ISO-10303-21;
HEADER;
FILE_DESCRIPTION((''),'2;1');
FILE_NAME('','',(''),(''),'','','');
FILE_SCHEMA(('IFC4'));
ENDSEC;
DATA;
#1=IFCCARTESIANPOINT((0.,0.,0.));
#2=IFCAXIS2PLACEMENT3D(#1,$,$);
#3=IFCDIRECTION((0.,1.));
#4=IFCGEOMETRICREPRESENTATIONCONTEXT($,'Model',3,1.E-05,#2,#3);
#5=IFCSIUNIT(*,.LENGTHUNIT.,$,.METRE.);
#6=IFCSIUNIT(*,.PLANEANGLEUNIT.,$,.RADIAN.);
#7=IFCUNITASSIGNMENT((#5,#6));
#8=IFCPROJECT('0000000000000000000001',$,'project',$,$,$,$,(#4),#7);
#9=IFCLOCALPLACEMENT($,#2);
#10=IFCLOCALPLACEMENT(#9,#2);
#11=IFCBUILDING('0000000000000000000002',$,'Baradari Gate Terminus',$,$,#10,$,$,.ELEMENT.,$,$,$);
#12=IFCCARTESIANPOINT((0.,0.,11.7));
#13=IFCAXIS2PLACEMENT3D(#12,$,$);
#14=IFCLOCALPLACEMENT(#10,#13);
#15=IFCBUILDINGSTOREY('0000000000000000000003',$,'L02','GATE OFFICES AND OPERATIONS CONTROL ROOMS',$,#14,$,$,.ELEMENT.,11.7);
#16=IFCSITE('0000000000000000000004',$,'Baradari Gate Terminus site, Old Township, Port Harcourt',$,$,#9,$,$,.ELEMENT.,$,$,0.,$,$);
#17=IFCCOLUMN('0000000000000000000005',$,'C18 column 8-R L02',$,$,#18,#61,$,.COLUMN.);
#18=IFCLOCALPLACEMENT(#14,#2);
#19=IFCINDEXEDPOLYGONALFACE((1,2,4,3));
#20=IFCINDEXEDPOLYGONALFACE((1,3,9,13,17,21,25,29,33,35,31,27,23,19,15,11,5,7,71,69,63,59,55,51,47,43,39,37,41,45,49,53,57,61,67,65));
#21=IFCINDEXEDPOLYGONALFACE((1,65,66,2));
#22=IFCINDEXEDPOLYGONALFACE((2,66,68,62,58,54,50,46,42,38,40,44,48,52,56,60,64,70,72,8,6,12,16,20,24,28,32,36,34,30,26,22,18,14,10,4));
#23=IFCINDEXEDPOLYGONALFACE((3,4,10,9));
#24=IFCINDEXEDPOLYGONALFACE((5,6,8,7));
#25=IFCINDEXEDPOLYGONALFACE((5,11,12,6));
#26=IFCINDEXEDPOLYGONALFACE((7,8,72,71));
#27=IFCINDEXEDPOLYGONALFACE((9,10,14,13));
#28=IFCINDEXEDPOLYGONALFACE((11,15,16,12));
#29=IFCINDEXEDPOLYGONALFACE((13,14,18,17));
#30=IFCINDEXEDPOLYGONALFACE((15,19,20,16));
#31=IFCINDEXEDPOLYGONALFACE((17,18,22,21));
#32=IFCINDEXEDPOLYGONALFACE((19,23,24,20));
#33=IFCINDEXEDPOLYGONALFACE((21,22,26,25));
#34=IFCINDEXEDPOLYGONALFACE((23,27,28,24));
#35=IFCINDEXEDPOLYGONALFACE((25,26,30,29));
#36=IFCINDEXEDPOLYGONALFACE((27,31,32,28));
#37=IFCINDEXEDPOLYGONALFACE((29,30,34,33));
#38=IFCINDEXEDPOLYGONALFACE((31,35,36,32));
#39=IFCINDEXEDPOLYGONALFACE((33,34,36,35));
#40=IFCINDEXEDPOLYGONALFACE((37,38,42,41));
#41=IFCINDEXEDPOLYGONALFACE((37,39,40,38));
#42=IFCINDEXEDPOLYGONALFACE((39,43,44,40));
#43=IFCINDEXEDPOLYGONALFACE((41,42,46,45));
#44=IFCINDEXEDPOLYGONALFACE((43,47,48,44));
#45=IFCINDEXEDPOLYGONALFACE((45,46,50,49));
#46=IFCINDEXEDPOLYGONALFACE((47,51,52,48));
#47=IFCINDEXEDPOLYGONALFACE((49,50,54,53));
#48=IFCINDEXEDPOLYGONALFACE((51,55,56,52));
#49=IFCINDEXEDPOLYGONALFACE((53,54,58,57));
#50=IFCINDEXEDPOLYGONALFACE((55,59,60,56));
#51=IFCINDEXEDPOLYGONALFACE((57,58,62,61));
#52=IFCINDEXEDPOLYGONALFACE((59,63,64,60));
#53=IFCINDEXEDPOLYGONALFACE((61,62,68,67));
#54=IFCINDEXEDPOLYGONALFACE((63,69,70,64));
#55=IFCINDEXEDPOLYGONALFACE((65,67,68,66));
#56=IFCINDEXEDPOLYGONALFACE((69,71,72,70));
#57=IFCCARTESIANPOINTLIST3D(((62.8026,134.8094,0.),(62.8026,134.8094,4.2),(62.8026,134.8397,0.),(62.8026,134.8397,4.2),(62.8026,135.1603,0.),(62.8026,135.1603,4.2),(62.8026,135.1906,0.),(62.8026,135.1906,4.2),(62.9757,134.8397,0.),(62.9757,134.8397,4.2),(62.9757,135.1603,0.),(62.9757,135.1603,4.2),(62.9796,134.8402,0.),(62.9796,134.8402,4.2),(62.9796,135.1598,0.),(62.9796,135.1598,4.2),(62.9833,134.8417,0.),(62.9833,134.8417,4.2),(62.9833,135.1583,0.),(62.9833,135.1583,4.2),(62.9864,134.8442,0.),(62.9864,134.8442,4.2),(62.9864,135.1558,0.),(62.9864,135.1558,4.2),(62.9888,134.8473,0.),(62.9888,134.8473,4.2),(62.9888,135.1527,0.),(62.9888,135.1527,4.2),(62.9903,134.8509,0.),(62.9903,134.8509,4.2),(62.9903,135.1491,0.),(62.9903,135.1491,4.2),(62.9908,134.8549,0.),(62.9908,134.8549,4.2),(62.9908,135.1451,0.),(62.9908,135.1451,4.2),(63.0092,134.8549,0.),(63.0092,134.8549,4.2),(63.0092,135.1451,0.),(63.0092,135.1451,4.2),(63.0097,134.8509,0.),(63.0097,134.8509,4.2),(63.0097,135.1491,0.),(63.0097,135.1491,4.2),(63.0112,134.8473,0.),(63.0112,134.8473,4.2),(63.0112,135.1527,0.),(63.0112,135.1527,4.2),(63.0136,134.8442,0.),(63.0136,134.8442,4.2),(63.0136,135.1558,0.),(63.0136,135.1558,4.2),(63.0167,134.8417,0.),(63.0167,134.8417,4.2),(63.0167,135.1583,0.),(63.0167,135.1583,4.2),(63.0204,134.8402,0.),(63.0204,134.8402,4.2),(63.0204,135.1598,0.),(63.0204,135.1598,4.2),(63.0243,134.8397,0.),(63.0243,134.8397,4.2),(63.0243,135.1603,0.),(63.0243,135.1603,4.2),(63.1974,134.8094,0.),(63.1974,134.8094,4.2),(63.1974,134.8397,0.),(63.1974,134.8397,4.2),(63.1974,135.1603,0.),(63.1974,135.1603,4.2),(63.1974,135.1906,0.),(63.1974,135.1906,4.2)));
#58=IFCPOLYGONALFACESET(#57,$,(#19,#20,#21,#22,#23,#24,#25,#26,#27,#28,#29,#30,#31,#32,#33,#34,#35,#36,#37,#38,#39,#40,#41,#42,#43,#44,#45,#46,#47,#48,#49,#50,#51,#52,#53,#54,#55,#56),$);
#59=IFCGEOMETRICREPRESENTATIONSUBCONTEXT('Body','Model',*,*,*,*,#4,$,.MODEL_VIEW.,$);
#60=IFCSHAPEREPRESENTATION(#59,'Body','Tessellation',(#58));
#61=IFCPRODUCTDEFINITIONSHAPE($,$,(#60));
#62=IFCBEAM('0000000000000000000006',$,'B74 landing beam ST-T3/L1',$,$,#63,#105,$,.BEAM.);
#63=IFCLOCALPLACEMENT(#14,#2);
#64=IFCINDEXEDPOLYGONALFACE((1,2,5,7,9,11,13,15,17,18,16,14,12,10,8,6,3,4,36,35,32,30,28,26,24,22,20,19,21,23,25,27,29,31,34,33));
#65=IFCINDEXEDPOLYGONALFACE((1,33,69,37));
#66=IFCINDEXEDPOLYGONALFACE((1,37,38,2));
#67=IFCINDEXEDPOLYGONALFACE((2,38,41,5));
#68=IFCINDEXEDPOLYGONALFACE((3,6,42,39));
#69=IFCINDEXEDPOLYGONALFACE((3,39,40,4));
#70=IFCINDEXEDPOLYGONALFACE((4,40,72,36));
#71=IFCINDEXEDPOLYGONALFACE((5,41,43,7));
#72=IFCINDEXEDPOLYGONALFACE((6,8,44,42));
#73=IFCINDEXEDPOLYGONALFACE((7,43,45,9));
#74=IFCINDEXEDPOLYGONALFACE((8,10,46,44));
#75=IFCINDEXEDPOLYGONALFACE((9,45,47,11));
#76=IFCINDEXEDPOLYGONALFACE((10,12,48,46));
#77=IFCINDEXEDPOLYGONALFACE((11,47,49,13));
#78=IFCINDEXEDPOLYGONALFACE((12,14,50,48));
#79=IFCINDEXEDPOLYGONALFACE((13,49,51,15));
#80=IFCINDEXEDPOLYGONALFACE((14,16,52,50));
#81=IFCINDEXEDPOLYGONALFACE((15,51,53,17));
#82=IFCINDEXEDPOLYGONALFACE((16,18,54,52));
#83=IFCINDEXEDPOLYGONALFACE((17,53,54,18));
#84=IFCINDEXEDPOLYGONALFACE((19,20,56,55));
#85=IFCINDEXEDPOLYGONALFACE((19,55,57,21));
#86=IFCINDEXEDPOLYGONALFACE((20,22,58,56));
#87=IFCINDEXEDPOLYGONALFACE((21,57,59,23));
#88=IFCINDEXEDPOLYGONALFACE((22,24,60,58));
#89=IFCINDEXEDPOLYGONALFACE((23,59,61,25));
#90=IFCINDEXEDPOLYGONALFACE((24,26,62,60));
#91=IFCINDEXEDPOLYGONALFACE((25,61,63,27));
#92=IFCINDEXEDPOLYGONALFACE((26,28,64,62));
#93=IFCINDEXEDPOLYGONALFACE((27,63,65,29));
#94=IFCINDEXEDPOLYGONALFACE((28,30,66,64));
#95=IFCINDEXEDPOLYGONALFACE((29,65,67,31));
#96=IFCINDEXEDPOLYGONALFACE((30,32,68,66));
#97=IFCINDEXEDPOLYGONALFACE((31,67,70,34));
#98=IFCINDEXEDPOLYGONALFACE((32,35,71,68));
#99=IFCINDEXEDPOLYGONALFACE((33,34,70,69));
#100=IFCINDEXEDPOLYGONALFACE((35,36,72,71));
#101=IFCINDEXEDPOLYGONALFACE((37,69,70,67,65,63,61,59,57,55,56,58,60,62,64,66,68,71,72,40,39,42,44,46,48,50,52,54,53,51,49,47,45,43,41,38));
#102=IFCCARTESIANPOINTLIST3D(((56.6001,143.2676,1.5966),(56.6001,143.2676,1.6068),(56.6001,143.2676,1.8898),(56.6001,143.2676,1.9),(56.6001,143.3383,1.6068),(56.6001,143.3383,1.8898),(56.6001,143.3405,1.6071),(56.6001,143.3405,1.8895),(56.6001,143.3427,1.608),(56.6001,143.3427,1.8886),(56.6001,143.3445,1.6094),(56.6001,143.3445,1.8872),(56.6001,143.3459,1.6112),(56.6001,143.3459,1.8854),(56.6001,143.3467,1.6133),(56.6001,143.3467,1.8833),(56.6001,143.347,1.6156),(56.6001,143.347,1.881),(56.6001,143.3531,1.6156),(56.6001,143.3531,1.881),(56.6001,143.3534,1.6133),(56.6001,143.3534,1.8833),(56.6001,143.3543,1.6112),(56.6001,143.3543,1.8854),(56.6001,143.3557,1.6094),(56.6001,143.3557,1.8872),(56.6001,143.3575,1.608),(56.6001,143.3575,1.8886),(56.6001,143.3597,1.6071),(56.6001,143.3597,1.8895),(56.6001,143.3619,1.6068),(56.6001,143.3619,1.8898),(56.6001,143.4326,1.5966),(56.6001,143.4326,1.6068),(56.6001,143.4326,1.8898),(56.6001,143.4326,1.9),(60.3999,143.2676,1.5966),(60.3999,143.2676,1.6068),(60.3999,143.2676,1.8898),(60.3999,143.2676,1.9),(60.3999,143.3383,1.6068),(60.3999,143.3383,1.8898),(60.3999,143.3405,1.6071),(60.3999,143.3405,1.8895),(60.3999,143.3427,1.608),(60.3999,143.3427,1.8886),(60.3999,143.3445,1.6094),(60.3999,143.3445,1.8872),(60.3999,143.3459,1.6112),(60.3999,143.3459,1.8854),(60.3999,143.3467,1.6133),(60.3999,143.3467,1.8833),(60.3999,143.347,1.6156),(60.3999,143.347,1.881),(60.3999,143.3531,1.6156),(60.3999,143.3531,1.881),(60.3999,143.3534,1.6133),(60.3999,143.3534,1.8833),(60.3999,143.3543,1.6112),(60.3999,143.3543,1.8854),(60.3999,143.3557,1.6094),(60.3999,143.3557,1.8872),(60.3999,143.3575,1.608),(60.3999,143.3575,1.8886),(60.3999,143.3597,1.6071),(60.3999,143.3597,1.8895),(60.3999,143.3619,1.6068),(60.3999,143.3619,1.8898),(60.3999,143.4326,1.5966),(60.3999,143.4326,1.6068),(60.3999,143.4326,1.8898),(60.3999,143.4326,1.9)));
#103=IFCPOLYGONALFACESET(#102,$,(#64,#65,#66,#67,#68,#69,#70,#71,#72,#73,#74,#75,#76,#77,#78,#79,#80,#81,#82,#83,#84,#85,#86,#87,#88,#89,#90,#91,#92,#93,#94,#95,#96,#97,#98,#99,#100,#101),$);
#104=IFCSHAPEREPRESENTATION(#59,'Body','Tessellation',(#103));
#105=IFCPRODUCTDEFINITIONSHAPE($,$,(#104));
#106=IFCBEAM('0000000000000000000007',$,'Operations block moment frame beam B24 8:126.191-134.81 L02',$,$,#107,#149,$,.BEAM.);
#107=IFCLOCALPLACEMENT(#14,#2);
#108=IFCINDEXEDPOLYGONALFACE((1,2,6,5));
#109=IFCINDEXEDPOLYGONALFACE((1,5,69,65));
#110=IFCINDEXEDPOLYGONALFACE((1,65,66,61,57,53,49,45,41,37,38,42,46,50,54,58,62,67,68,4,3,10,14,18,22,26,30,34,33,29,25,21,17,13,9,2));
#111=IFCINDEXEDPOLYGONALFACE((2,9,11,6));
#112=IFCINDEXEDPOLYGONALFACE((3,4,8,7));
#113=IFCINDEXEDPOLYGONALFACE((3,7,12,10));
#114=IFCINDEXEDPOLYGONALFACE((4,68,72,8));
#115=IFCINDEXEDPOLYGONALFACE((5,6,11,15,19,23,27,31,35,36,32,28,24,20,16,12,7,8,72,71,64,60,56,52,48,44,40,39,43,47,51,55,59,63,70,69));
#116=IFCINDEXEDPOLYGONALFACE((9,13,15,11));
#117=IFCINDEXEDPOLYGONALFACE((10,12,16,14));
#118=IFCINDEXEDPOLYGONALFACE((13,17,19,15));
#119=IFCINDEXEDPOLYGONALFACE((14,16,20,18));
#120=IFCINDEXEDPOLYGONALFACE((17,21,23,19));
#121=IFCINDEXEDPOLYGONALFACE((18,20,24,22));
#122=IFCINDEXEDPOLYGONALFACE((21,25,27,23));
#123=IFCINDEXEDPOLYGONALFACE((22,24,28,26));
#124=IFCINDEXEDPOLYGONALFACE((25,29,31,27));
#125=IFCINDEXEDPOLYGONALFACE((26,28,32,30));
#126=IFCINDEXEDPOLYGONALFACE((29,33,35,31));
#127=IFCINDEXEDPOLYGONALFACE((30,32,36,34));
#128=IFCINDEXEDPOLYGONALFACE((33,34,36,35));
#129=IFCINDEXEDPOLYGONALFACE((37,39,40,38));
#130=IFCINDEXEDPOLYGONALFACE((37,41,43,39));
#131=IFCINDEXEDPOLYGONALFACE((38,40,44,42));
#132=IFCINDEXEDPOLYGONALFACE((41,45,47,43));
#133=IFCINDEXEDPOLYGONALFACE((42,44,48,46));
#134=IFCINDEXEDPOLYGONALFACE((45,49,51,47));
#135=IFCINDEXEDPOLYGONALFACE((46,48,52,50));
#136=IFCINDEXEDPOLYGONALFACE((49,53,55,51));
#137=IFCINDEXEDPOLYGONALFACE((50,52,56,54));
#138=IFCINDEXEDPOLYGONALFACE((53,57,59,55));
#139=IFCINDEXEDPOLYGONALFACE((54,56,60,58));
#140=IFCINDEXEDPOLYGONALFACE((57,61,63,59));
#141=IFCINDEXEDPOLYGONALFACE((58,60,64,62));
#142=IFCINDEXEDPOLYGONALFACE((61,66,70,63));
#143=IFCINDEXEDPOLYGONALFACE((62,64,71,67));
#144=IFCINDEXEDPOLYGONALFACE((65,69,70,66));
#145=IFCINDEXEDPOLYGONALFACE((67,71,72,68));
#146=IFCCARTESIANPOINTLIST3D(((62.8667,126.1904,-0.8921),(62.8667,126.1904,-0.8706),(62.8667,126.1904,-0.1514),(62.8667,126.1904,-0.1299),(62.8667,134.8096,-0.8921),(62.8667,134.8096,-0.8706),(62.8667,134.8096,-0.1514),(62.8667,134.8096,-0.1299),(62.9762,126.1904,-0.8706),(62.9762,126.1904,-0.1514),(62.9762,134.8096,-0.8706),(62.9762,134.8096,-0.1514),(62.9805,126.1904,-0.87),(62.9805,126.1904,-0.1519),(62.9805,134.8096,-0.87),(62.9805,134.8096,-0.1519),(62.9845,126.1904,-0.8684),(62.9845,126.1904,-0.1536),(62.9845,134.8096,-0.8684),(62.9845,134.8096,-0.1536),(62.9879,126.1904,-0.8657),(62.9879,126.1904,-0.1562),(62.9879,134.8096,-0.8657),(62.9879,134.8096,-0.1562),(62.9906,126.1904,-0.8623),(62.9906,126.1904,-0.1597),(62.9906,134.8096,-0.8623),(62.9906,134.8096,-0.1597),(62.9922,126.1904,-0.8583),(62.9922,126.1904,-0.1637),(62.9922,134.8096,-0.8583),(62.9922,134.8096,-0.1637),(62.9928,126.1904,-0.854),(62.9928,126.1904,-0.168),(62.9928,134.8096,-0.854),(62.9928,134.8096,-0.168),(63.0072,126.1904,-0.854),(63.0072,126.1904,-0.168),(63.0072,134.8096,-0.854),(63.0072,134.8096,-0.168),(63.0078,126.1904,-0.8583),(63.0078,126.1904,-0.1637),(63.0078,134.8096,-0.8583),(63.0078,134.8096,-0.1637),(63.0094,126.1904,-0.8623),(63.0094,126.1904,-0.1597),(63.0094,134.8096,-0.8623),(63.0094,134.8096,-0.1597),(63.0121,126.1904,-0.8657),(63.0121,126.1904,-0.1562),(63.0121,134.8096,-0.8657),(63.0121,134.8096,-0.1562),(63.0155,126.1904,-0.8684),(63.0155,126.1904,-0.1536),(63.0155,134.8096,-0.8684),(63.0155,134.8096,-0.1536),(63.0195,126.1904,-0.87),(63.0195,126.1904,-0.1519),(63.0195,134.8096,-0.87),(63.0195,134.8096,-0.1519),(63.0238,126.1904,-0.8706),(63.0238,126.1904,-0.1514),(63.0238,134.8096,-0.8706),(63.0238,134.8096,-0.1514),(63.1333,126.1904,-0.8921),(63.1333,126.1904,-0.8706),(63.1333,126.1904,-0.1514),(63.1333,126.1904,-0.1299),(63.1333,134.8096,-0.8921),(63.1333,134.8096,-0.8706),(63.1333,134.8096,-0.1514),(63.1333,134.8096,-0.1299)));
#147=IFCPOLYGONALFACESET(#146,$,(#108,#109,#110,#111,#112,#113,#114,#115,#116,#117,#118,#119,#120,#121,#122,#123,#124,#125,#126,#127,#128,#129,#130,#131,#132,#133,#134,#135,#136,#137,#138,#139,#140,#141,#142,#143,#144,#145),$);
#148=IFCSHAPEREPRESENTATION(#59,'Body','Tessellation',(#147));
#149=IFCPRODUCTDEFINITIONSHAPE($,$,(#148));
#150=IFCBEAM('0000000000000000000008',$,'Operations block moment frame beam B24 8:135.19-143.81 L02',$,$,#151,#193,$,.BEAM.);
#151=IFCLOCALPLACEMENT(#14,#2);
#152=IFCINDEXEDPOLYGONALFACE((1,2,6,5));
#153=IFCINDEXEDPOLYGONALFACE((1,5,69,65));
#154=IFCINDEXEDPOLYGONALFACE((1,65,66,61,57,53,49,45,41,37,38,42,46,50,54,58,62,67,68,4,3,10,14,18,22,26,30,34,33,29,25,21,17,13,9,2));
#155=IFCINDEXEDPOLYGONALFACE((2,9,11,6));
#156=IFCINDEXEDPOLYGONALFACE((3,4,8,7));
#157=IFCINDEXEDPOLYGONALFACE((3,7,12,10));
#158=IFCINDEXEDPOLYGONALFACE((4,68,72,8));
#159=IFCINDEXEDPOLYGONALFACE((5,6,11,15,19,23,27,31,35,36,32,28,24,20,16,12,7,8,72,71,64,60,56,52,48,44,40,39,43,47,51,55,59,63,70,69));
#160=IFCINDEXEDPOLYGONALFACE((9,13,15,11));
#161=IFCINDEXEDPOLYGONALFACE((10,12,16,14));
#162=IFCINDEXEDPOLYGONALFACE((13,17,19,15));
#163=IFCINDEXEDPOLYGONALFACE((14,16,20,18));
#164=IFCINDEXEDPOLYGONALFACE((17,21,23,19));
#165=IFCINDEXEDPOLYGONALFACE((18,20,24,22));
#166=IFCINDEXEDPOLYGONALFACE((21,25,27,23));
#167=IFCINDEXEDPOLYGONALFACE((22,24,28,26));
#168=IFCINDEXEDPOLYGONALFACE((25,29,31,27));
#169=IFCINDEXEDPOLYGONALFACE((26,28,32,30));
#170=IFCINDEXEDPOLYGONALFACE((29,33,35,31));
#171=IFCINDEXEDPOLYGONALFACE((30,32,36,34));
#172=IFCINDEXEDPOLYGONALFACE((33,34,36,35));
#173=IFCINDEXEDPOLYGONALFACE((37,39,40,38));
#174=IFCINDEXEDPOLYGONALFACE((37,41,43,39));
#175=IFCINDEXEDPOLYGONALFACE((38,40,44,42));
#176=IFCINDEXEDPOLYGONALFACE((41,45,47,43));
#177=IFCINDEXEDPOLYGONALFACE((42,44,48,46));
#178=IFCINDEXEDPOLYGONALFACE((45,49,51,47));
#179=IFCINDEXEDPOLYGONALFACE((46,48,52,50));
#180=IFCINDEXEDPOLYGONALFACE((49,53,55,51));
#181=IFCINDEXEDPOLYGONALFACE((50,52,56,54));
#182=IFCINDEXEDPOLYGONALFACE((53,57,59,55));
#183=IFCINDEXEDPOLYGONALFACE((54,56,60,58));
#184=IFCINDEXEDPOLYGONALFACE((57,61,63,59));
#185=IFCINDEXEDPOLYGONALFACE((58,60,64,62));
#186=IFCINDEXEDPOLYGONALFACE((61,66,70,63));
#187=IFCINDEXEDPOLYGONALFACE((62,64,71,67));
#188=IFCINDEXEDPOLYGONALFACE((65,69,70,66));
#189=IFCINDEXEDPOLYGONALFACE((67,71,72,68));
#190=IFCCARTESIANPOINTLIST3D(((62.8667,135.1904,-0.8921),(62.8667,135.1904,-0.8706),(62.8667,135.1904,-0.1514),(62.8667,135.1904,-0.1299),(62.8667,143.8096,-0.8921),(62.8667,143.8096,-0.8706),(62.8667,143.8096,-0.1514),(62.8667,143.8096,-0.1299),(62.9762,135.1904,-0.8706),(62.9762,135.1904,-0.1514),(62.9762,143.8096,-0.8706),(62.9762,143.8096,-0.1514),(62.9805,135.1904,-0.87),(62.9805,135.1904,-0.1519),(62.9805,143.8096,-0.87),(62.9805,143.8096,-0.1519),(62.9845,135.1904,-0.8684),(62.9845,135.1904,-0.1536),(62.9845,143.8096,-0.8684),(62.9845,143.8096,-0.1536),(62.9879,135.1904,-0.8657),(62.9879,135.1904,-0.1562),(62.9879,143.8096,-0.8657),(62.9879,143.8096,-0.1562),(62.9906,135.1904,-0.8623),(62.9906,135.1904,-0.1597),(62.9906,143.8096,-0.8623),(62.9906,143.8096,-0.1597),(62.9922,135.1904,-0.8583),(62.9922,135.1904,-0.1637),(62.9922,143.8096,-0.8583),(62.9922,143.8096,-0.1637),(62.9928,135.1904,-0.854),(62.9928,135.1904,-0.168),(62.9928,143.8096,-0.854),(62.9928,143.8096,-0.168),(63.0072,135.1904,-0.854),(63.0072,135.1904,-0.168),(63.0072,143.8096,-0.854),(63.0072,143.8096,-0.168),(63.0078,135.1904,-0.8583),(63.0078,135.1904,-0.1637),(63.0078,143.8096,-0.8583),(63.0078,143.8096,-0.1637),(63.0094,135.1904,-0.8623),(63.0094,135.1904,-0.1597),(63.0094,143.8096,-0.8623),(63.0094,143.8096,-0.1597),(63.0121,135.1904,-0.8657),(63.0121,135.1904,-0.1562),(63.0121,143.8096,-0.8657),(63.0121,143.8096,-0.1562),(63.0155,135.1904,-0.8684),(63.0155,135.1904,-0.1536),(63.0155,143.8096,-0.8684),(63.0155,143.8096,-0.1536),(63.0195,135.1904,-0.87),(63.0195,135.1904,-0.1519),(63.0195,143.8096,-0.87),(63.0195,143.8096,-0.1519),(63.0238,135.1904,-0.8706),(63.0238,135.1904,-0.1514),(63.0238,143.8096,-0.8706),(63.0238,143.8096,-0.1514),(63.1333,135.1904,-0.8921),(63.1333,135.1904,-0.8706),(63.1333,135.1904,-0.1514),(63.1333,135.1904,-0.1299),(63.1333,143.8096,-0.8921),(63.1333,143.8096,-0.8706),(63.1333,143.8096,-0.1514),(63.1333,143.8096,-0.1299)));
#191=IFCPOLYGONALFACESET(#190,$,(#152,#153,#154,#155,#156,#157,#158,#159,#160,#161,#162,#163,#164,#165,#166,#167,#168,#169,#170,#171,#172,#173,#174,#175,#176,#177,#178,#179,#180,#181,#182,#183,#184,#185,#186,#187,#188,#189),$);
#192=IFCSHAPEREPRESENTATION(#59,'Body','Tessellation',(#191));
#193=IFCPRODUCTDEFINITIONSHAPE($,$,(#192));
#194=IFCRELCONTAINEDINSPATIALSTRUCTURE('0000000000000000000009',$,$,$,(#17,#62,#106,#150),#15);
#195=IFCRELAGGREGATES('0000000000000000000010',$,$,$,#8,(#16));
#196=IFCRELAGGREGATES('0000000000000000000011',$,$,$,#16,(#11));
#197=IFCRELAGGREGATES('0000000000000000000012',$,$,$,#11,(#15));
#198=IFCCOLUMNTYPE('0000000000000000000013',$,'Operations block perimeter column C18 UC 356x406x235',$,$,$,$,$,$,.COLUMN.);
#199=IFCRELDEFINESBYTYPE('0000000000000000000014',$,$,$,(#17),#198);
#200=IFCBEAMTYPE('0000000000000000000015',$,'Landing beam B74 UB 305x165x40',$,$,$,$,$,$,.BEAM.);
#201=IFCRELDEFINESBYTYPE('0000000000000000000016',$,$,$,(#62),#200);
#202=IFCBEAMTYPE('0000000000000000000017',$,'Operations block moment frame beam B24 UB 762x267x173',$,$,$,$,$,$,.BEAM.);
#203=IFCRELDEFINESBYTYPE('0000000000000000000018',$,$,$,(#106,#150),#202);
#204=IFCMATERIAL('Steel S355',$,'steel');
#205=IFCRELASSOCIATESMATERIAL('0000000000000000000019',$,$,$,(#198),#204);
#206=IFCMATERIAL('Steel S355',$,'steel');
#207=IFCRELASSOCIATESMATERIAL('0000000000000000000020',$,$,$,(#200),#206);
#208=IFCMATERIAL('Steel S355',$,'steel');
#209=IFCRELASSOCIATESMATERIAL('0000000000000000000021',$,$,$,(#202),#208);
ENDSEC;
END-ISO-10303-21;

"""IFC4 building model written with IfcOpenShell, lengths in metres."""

from ifc_helpers import new_model, si_unit, direction, frame, origin, origin_2d, place, context, subcontext, project, spatial, i_section, extrude, material, material_profile, profile_set, type_object, element, save


model = new_model("IFC4")

# Units and contexts
model_context = context("Model", 3, precision=1e-05, world=origin(), true_north=direction((0.0, 1.0)))
body_context = subcontext(model_context, "Body", "Model", "MODEL_VIEW")
ifc_project = project(units=[si_unit("LENGTHUNIT", "METRE"), si_unit("PLANEANGLEUNIT", "RADIAN")], contexts=[model_context])

# Site, building, storey
site_placement = place(None, origin())
site = spatial("IfcSite", under=ifc_project, at=site_placement, Name="Baradari Gate Terminus site, Old Township, Port Harcourt", CompositionType="ELEMENT", RefElevation=0.0)
building_placement = place(site_placement, origin())
building = spatial("IfcBuilding", under=site, at=building_placement, Name="Baradari Gate Terminus", CompositionType="ELEMENT")
storey_placement = place(building_placement, frame((0.0, 0.0, 11.7)))
storey = spatial("IfcBuildingStorey", under=building, at=storey_placement, Name="L02", Description="GATE OFFICES AND OPERATIONS CONTROL ROOMS", CompositionType="ELEMENT", Elevation=11.7)

# Column
ifc_material_1 = material(Name="Steel S355", Category="steel")
ifc_material_profile_1 = material_profile(ifc_material_1, i_section(OverallWidth=0.3948, OverallDepth=0.3811, WebThickness=0.0183, FlangeThickness=0.0303, FilletRadius=0.0151, at=origin_2d()), Name="UC 356x406x235")
ifc_profile_set_1 = profile_set([ifc_material_profile_1], Name="Steel S355")
column_type = type_object("IfcColumnType", Name="Operations block perimeter column C18 UC 356x406x235", PredefinedType="COLUMN", material=ifc_profile_set_1)
column_placement = place(storey_placement, frame((63.0, 135.0, 0.0), z_axis=(0.0, 0.0, 1.0), x_axis=(1.0, 0.0, 0.0)))
element("IfcColumn", 1, at=column_placement, inside=storey, type_object=column_type, Name="C18 column 8-R L02", PredefinedType="COLUMN", context=body_context, shape_type="SweptSolid", body=[
    extrude(i_section(OverallWidth=0.3948, OverallDepth=0.3811, WebThickness=0.0183, FlangeThickness=0.0303, FilletRadius=0.0151, at=origin_2d()), origin(), (0.0, 0.0, 1.0), 4.2),
])

# Beams
ifc_material_2 = material(Name="Steel S355", Category="steel")
ifc_material_profile_2 = material_profile(ifc_material_2, i_section(OverallWidth=0.165, OverallDepth=0.3035, WebThickness=0.0061, FlangeThickness=0.0103, FilletRadius=0.0088, at=origin_2d()), Name="UB 305x165x40")
ifc_profile_set_2 = profile_set([ifc_material_profile_2], Name="Steel S355")
beam_type_1 = type_object("IfcBeamType", Name="Landing beam B74 UB 305x165x40", PredefinedType="BEAM", material=ifc_profile_set_2)
beam_1_placement = place(storey_placement, frame((56.6001, 143.3501, 1.7483), z_axis=(1.0, 0.0, 0.0), x_axis=(0.0, 1.0, 0.0)))
element("IfcBeam", 2, at=beam_1_placement, inside=storey, type_object=beam_type_1, Name="B74 landing beam ST-T3/L1", PredefinedType="BEAM", context=body_context, shape_type="SweptSolid", body=[
    extrude(i_section(OverallWidth=0.165, OverallDepth=0.3035, WebThickness=0.0061, FlangeThickness=0.0103, FilletRadius=0.0088, at=origin_2d()), origin(), (0.0, 0.0, 1.0), 3.7998),
])
ifc_material_3 = material(Name="Steel S355", Category="steel")
ifc_material_profile_3 = material_profile(ifc_material_3, i_section(OverallWidth=0.2666, OverallDepth=0.7622, WebThickness=0.0144, FlangeThickness=0.0215, FilletRadius=0.0166, at=origin_2d()), Name="UB 762x267x173")
ifc_profile_set_3 = profile_set([ifc_material_profile_3], Name="Steel S355")
beam_type_2 = type_object("IfcBeamType", Name="Operations block moment frame beam B24 UB 762x267x173", PredefinedType="BEAM", material=ifc_profile_set_3)
for number, where, z_axis, x_axis, name in (
    (3, (63.0, 126.1904, -0.511), (0.0, 1.0, 0.0), (-1.0, 0.0, 0.0), "Operations block moment frame beam B24 8:126.191-134.81 L02"),
    (4, (63.0, 135.1904, -0.511), (0.0, 1.0, 0.0), (-1.0, 0.0, 0.0), "Operations block moment frame beam B24 8:135.19-143.81 L02"),
):
    element("IfcBeam", number, at=place(storey_placement, frame(where, z_axis=z_axis, x_axis=x_axis)), inside=storey, type_object=beam_type_2, Name=name, PredefinedType="BEAM", context=body_context, shape_type="SweptSolid", body=[
        extrude(i_section(OverallWidth=0.2666, OverallDepth=0.7622, WebThickness=0.0144, FlangeThickness=0.0215, FilletRadius=0.0166, at=origin_2d()), origin(), (0.0, 0.0, 1.0), 8.6191),
    ])

save(model, "model.ifc")
